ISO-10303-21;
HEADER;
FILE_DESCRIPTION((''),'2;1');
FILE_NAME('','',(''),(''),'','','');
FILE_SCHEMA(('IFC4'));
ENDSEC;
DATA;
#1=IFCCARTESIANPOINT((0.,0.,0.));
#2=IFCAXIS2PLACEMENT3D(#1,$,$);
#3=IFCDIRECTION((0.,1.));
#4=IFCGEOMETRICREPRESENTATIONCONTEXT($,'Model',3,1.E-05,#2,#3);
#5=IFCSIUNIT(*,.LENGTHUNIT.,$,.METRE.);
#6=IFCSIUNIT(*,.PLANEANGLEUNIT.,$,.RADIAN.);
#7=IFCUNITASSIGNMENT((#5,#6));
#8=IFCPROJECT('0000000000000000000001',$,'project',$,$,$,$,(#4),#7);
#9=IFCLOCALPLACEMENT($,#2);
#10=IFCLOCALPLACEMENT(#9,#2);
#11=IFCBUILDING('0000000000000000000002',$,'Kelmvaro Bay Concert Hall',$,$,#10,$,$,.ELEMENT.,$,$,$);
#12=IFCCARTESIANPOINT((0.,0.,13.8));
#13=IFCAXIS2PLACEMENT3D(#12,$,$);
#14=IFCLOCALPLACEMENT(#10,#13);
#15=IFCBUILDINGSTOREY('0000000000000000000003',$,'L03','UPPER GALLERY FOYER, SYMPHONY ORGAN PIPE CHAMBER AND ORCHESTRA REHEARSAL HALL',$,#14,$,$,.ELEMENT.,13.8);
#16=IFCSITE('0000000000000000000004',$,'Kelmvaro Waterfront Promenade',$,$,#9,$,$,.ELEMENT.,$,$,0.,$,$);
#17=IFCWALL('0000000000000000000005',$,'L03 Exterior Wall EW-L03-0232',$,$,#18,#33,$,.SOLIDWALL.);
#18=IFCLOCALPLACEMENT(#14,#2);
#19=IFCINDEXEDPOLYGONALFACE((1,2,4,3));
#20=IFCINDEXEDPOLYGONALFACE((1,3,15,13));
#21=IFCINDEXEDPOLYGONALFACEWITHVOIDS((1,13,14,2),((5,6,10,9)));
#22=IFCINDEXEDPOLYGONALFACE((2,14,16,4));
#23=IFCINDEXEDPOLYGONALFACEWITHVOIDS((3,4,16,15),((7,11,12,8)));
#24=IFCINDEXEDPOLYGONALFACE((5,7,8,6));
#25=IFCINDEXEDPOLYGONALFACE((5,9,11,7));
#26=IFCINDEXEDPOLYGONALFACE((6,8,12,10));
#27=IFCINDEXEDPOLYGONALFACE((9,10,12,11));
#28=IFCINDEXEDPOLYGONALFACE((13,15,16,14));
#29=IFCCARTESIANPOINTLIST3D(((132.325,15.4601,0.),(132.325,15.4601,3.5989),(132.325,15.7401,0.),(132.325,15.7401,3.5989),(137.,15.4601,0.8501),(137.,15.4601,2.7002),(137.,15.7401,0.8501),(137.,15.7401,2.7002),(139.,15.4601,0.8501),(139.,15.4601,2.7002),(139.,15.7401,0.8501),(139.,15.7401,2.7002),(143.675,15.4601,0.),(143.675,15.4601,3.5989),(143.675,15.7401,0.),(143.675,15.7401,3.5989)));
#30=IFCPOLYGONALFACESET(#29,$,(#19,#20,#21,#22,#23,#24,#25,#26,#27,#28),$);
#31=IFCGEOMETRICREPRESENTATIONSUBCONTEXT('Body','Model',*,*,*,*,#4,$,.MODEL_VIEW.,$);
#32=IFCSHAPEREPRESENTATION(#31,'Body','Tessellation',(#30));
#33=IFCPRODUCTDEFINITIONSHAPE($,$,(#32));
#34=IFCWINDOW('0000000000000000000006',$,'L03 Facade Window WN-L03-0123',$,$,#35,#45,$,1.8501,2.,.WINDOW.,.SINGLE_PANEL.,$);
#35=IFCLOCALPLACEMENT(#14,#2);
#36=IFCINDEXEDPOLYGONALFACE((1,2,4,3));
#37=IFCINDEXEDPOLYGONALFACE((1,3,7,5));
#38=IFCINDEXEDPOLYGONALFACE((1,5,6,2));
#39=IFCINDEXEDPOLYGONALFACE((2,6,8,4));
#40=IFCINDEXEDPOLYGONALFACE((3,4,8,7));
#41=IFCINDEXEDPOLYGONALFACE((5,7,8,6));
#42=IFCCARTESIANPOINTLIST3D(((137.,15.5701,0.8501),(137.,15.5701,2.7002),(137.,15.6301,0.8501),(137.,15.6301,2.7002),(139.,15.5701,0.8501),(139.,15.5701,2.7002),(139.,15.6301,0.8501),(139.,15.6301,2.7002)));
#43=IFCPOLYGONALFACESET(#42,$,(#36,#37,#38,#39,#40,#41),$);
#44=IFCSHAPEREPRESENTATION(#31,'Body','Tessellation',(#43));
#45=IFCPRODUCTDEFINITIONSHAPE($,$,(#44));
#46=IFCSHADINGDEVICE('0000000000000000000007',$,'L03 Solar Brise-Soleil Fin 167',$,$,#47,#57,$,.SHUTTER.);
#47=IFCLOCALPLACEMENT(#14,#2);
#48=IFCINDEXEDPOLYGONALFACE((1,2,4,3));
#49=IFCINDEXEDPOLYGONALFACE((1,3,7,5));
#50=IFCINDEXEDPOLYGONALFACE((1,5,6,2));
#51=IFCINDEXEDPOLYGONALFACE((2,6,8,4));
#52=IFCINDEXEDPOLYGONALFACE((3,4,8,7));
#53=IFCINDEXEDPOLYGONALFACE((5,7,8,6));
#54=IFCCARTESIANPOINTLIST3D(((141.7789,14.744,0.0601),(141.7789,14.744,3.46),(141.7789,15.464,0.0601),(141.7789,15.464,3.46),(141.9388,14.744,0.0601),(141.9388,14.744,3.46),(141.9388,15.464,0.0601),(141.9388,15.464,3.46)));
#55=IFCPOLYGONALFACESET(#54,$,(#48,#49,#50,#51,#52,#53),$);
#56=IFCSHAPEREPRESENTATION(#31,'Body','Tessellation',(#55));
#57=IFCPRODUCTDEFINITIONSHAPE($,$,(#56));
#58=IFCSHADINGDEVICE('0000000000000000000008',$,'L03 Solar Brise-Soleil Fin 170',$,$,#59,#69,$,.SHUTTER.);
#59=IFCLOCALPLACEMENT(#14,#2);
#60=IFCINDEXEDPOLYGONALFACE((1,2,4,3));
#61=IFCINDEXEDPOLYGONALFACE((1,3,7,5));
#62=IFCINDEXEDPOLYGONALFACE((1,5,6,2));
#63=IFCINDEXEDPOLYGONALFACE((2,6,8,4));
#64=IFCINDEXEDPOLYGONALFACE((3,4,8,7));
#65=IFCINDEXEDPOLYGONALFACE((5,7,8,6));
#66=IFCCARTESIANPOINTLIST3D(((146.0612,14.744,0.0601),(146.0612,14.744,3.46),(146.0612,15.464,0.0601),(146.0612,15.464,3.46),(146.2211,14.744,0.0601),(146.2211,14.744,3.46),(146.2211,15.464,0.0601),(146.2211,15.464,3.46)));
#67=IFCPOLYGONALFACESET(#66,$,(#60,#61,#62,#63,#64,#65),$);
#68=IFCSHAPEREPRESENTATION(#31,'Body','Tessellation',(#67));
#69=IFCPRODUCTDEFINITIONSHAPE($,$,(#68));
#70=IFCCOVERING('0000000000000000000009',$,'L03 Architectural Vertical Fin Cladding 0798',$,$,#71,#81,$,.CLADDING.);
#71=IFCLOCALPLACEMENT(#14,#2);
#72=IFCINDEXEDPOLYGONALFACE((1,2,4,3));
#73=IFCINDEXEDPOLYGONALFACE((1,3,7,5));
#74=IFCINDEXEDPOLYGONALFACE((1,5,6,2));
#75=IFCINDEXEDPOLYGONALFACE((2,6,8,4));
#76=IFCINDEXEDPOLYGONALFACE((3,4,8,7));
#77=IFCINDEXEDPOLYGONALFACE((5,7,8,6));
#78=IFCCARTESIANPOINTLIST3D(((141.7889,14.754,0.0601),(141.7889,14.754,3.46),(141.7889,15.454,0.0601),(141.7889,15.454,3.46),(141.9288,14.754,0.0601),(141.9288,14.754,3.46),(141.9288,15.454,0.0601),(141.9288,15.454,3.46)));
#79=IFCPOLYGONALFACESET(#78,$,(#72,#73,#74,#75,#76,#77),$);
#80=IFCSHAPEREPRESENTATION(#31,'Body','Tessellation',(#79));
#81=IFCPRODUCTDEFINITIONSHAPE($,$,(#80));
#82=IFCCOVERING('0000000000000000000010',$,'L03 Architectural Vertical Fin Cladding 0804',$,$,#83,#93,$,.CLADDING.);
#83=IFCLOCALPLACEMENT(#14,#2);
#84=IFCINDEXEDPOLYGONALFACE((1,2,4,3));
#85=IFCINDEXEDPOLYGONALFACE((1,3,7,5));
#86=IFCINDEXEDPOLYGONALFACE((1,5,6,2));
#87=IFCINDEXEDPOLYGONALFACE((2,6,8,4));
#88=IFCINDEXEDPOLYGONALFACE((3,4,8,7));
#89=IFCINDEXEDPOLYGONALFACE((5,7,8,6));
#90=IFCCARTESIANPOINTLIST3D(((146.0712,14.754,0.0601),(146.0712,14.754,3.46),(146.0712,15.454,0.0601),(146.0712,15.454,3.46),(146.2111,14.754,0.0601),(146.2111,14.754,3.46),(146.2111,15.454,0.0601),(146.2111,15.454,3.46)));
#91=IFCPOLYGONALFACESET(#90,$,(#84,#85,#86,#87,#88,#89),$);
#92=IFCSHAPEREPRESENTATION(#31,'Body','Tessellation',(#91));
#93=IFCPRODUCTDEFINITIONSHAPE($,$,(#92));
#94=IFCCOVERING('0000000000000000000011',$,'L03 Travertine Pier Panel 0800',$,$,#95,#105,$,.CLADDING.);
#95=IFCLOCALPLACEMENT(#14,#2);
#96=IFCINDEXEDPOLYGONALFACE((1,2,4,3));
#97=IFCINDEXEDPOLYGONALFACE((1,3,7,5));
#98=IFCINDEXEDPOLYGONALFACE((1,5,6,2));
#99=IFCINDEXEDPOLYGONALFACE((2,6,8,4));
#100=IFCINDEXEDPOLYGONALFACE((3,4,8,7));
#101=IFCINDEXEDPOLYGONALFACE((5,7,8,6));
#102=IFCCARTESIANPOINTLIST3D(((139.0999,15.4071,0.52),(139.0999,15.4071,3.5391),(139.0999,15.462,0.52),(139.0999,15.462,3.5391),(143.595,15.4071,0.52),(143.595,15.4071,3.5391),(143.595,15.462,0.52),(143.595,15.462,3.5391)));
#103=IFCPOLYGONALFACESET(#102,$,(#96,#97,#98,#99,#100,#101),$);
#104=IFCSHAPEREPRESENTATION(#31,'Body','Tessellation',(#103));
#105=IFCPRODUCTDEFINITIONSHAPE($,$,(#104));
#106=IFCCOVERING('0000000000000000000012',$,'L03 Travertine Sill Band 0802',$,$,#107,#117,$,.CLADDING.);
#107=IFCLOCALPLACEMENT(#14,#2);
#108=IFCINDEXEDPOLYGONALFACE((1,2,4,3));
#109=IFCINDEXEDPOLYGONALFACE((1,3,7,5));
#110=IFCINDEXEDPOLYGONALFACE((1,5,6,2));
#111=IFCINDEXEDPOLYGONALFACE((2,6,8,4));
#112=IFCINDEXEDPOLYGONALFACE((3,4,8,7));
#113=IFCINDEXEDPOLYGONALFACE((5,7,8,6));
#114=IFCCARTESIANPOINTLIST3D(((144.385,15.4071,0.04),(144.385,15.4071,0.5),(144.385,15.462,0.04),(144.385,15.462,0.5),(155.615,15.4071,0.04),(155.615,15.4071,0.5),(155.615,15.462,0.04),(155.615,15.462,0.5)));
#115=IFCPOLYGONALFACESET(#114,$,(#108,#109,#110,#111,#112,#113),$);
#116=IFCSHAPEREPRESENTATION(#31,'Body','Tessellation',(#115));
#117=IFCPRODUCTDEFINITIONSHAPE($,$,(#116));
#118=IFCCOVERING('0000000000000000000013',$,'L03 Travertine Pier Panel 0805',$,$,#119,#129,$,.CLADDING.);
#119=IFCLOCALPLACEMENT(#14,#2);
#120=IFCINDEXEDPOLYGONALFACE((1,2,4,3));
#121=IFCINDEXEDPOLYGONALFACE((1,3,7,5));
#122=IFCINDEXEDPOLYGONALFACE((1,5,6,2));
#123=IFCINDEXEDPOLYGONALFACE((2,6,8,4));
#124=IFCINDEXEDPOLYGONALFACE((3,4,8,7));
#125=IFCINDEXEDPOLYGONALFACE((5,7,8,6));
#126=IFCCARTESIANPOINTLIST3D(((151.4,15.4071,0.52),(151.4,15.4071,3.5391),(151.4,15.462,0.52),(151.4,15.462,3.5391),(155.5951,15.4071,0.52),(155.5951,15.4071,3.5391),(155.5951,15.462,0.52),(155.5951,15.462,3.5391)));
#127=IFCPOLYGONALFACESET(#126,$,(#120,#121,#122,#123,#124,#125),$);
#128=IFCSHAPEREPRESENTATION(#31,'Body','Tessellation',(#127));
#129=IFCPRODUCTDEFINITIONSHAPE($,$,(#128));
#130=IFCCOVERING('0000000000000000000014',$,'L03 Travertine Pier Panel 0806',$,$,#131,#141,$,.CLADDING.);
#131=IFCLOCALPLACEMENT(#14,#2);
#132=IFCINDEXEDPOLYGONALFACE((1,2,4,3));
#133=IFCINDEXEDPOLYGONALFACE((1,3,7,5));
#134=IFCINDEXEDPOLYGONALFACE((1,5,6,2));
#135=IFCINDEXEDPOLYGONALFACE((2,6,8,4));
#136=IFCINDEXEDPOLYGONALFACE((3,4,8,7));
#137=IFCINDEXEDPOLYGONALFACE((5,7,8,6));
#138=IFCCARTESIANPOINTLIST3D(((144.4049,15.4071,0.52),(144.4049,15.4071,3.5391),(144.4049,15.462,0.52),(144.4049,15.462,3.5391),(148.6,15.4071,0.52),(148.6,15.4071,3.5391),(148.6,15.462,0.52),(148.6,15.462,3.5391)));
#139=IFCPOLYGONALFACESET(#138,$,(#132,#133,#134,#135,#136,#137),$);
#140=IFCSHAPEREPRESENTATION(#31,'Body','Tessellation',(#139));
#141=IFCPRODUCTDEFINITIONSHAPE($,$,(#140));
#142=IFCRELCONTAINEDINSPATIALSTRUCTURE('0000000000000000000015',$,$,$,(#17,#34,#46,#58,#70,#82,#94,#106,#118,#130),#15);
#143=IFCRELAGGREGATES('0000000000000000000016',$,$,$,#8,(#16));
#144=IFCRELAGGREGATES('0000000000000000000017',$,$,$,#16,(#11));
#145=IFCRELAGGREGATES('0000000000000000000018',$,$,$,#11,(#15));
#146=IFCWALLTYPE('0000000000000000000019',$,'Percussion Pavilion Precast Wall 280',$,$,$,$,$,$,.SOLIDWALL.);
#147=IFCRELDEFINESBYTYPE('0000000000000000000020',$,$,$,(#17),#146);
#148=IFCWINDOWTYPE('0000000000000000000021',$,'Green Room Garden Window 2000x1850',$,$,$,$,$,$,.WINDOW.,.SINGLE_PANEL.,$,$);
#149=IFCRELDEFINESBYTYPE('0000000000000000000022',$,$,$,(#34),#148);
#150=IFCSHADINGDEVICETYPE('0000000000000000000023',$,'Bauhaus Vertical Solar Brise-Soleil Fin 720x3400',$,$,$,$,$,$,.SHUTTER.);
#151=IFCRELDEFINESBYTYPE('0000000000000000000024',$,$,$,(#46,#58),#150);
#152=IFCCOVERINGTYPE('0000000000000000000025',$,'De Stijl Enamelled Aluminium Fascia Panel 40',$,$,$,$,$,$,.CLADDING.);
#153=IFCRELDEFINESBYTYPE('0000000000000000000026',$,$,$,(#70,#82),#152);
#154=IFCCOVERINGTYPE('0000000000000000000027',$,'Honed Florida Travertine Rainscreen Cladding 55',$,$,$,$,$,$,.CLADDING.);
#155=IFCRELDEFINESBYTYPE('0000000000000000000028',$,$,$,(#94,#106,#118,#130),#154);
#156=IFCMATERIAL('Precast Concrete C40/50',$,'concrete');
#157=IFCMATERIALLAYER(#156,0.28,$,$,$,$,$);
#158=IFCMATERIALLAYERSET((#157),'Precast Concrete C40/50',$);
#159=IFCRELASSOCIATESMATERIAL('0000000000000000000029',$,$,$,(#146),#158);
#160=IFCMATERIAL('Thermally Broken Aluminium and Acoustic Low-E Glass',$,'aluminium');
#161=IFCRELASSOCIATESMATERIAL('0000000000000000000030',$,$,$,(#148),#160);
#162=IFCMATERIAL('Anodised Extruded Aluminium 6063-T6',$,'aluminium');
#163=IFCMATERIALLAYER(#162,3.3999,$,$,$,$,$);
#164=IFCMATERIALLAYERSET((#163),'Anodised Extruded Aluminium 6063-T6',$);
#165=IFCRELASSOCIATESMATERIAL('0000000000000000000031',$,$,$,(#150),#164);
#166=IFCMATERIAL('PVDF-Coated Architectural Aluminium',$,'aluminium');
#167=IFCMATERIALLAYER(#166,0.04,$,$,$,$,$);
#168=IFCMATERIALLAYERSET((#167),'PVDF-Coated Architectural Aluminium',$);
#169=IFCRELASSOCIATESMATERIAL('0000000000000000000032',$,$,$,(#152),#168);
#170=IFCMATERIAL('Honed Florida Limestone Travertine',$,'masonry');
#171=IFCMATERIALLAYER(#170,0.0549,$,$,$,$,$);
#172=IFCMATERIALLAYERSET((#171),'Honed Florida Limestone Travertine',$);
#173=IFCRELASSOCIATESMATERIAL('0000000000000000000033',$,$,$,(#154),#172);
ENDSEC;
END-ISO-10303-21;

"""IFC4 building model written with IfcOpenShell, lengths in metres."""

from ifc_helpers import new_model, si_unit, direction, frame, frame_2d, origin, origin_2d, place, context, subcontext, project, spatial, rectangle, extrude, material, layer, layer_set, type_object, element, fill, save


model = new_model("IFC4")

# Units and contexts
model_context = context("Model", 3, precision=1e-05, world=origin(), true_north=direction((0.0, 1.0)))
body_context = subcontext(model_context, "Body", "Model", "MODEL_VIEW")
ifc_project = project(units=[si_unit("LENGTHUNIT", "METRE"), si_unit("PLANEANGLEUNIT", "RADIAN")], contexts=[model_context])

# Site, building, storey
site_placement = place(None, origin())
site = spatial("IfcSite", under=ifc_project, at=site_placement, Name="Kelmvaro Waterfront Promenade", CompositionType="ELEMENT", RefElevation=0.0)
building_placement = place(site_placement, origin())
building = spatial("IfcBuilding", under=site, at=building_placement, Name="Kelmvaro Bay Concert Hall", CompositionType="ELEMENT")
storey_placement = place(building_placement, frame((0.0, 0.0, 13.8)))
storey = spatial("IfcBuildingStorey", under=building, at=storey_placement, Name="L03", Description="UPPER GALLERY FOYER, SYMPHONY ORGAN PIPE CHAMBER AND ORCHESTRA REHEARSAL HALL", CompositionType="ELEMENT", Elevation=13.8)

# Wall, opening, window
ifc_material_1 = material(Name="Precast Concrete C40/50", Category="concrete")
ifc_layer_1 = layer(ifc_material_1, 0.28)
ifc_layer_set_1 = layer_set([ifc_layer_1], Name="Precast Concrete C40/50")
wall_type_1 = type_object("IfcWallType", Name="Percussion Pavilion Precast Wall 280", PredefinedType="SOLIDWALL", material=ifc_layer_set_1)
wall_1_placement = place(storey_placement, frame((143.675, 15.6001, 0.0), z_axis=(0.0, 0.0, 1.0), x_axis=(-1.0, 0.0, 0.0)))
wall_1 = element("IfcWall", 1, at=wall_1_placement, inside=storey, type_object=wall_type_1, Name="L03 Exterior Wall EW-L03-0232", PredefinedType="SOLIDWALL", context=body_context, shape_type="SweptSolid", body=[
    extrude(rectangle(XDim=11.3501, YDim=0.28, at=frame_2d((5.675, 0.0))), origin(), (0.0, 0.0, 1.0), 3.5989),
])
opening_1_placement = place(wall_1_placement, frame((4.675, 0.0, 0.8501)))
opening_1 = element("IfcOpeningElement", 2, at=opening_1_placement, cuts=wall_1, PredefinedType="OPENING", context=body_context, shape_type="SweptSolid", body=[
    extrude(rectangle(XDim=2.0, YDim=1.8501, at=frame_2d((1.0, 0.925))), frame((0.0, 0.1499, 0.0), z_axis=(0.0, -1.0, 0.0), x_axis=(1.0, 0.0, 0.0)), (0.0, 0.0, 1.0), 0.3),
])
ifc_material_2 = material(Name="Thermally Broken Aluminium and Acoustic Low-E Glass", Category="aluminium")
window_type = type_object("IfcWindowType", Name="Green Room Garden Window 2000x1850", PartitioningType="SINGLE_PANEL", PredefinedType="WINDOW", material=ifc_material_2)
window_placement = place(opening_1_placement, origin())
window = element("IfcWindow", 3, at=window_placement, inside=storey, type_object=window_type, Name="L03 Facade Window WN-L03-0123", OverallHeight=1.8501, OverallWidth=2.0, PartitioningType="SINGLE_PANEL", PredefinedType="WINDOW", context=body_context, shape_type="SweptSolid", body=[
    extrude(rectangle(XDim=2.0, YDim=1.8501, at=frame_2d((1.0, 0.925))), frame((0.0, 0.03, 0.0), z_axis=(0.0, -1.0, 0.0), x_axis=(1.0, 0.0, 0.0)), (0.0, 0.0, 1.0), 0.0601),
])
fill(opening_1, window)

# Shading devices
ifc_material_3 = material(Name="Anodised Extruded Aluminium 6063-T6", Category="aluminium")
ifc_layer_2 = layer(ifc_material_3, 3.3999)
ifc_layer_set_2 = layer_set([ifc_layer_2], Name="Anodised Extruded Aluminium 6063-T6")
shading_device_type = type_object("IfcShadingDeviceType", Name="Bauhaus Vertical Solar Brise-Soleil Fin 720x3400", PredefinedType="SHUTTER", material=ifc_layer_set_2)
for number, where, z_axis, x_axis, name in (
    (4, (141.8589, 15.104, 0.0601), (0.0, 0.0, 1.0), (-1.0, 0.0, 0.0), "L03 Solar Brise-Soleil Fin 167"),
    (5, (146.1411, 15.104, 0.0601), (0.0, 0.0, 1.0), (-1.0, 0.0, 0.0), "L03 Solar Brise-Soleil Fin 170"),
):
    element("IfcShadingDevice", number, at=place(storey_placement, frame(where, z_axis=z_axis, x_axis=x_axis)), inside=storey, type_object=shading_device_type, Name=name, PredefinedType="SHUTTER", context=body_context, shape_type="SweptSolid", body=[
        extrude(rectangle(XDim=0.1599, YDim=0.72, at=origin_2d()), origin(), (0.0, 0.0, 1.0), 3.3999),
    ])

# Coverings
ifc_material_4 = material(Name="PVDF-Coated Architectural Aluminium", Category="aluminium")
ifc_layer_3 = layer(ifc_material_4, 0.04)
ifc_layer_set_3 = layer_set([ifc_layer_3], Name="PVDF-Coated Architectural Aluminium")
covering_type_1 = type_object("IfcCoveringType", Name="De Stijl Enamelled Aluminium Fascia Panel 40", PredefinedType="CLADDING", material=ifc_layer_set_3)
for number, where, z_axis, x_axis, name in (
    (6, (141.8589, 15.104, 0.0601), (0.0, 0.0, 1.0), (-1.0, 0.0, 0.0), "L03 Architectural Vertical Fin Cladding 0798"),
    (7, (146.1411, 15.104, 0.0601), (0.0, 0.0, 1.0), (-1.0, 0.0, 0.0), "L03 Architectural Vertical Fin Cladding 0804"),
):
    element("IfcCovering", number, at=place(storey_placement, frame(where, z_axis=z_axis, x_axis=x_axis)), inside=storey, type_object=covering_type_1, Name=name, PredefinedType="CLADDING", context=body_context, shape_type="SweptSolid", body=[
        extrude(rectangle(XDim=0.1399, YDim=0.7, at=origin_2d()), origin(), (0.0, 0.0, 1.0), 3.3999),
    ])
ifc_material_5 = material(Name="Honed Florida Limestone Travertine", Category="masonry")
ifc_layer_4 = layer(ifc_material_5, 0.0549)
ifc_layer_set_4 = layer_set([ifc_layer_4], Name="Honed Florida Limestone Travertine")
covering_type_2 = type_object("IfcCoveringType", Name="Honed Florida Travertine Rainscreen Cladding 55", PredefinedType="CLADDING", material=ifc_layer_set_4)
covering_1_placement = place(storey_placement, frame((141.3474, 15.4346, 0.52), z_axis=(0.0, 0.0, 1.0), x_axis=(-1.0, 0.0, 0.0)))
element("IfcCovering", 8, at=covering_1_placement, inside=storey, type_object=covering_type_2, Name="L03 Travertine Pier Panel 0800", PredefinedType="CLADDING", context=body_context, shape_type="SweptSolid", body=[
    extrude(rectangle(XDim=4.4951, YDim=0.0549, at=origin_2d()), origin(), (0.0, 0.0, 1.0), 3.019),
])
covering_2_placement = place(storey_placement, frame((150.0, 15.4346, 0.04), z_axis=(0.0, 0.0, 1.0), x_axis=(-1.0, 0.0, 0.0)))
element("IfcCovering", 9, at=covering_2_placement, inside=storey, type_object=covering_type_2, Name="L03 Travertine Sill Band 0802", PredefinedType="CLADDING", context=body_context, shape_type="SweptSolid", body=[
    extrude(rectangle(XDim=11.23, YDim=0.0549, at=origin_2d()), origin(), (0.0, 0.0, 1.0), 0.46),
])
for number, where, z_axis, x_axis, name in (
    (10, (153.4976, 15.4346, 0.52), (0.0, 0.0, 1.0), (-1.0, 0.0, 0.0), "L03 Travertine Pier Panel 0805"),
    (11, (146.5024, 15.4346, 0.52), (0.0, 0.0, 1.0), (-1.0, 0.0, 0.0), "L03 Travertine Pier Panel 0806"),
):
    element("IfcCovering", number, at=place(storey_placement, frame(where, z_axis=z_axis, x_axis=x_axis)), inside=storey, type_object=covering_type_2, Name=name, PredefinedType="CLADDING", context=body_context, shape_type="SweptSolid", body=[
        extrude(rectangle(XDim=4.1951, YDim=0.0549, at=origin_2d()), origin(), (0.0, 0.0, 1.0), 3.019),
    ])

save(model, "model.ifc")
